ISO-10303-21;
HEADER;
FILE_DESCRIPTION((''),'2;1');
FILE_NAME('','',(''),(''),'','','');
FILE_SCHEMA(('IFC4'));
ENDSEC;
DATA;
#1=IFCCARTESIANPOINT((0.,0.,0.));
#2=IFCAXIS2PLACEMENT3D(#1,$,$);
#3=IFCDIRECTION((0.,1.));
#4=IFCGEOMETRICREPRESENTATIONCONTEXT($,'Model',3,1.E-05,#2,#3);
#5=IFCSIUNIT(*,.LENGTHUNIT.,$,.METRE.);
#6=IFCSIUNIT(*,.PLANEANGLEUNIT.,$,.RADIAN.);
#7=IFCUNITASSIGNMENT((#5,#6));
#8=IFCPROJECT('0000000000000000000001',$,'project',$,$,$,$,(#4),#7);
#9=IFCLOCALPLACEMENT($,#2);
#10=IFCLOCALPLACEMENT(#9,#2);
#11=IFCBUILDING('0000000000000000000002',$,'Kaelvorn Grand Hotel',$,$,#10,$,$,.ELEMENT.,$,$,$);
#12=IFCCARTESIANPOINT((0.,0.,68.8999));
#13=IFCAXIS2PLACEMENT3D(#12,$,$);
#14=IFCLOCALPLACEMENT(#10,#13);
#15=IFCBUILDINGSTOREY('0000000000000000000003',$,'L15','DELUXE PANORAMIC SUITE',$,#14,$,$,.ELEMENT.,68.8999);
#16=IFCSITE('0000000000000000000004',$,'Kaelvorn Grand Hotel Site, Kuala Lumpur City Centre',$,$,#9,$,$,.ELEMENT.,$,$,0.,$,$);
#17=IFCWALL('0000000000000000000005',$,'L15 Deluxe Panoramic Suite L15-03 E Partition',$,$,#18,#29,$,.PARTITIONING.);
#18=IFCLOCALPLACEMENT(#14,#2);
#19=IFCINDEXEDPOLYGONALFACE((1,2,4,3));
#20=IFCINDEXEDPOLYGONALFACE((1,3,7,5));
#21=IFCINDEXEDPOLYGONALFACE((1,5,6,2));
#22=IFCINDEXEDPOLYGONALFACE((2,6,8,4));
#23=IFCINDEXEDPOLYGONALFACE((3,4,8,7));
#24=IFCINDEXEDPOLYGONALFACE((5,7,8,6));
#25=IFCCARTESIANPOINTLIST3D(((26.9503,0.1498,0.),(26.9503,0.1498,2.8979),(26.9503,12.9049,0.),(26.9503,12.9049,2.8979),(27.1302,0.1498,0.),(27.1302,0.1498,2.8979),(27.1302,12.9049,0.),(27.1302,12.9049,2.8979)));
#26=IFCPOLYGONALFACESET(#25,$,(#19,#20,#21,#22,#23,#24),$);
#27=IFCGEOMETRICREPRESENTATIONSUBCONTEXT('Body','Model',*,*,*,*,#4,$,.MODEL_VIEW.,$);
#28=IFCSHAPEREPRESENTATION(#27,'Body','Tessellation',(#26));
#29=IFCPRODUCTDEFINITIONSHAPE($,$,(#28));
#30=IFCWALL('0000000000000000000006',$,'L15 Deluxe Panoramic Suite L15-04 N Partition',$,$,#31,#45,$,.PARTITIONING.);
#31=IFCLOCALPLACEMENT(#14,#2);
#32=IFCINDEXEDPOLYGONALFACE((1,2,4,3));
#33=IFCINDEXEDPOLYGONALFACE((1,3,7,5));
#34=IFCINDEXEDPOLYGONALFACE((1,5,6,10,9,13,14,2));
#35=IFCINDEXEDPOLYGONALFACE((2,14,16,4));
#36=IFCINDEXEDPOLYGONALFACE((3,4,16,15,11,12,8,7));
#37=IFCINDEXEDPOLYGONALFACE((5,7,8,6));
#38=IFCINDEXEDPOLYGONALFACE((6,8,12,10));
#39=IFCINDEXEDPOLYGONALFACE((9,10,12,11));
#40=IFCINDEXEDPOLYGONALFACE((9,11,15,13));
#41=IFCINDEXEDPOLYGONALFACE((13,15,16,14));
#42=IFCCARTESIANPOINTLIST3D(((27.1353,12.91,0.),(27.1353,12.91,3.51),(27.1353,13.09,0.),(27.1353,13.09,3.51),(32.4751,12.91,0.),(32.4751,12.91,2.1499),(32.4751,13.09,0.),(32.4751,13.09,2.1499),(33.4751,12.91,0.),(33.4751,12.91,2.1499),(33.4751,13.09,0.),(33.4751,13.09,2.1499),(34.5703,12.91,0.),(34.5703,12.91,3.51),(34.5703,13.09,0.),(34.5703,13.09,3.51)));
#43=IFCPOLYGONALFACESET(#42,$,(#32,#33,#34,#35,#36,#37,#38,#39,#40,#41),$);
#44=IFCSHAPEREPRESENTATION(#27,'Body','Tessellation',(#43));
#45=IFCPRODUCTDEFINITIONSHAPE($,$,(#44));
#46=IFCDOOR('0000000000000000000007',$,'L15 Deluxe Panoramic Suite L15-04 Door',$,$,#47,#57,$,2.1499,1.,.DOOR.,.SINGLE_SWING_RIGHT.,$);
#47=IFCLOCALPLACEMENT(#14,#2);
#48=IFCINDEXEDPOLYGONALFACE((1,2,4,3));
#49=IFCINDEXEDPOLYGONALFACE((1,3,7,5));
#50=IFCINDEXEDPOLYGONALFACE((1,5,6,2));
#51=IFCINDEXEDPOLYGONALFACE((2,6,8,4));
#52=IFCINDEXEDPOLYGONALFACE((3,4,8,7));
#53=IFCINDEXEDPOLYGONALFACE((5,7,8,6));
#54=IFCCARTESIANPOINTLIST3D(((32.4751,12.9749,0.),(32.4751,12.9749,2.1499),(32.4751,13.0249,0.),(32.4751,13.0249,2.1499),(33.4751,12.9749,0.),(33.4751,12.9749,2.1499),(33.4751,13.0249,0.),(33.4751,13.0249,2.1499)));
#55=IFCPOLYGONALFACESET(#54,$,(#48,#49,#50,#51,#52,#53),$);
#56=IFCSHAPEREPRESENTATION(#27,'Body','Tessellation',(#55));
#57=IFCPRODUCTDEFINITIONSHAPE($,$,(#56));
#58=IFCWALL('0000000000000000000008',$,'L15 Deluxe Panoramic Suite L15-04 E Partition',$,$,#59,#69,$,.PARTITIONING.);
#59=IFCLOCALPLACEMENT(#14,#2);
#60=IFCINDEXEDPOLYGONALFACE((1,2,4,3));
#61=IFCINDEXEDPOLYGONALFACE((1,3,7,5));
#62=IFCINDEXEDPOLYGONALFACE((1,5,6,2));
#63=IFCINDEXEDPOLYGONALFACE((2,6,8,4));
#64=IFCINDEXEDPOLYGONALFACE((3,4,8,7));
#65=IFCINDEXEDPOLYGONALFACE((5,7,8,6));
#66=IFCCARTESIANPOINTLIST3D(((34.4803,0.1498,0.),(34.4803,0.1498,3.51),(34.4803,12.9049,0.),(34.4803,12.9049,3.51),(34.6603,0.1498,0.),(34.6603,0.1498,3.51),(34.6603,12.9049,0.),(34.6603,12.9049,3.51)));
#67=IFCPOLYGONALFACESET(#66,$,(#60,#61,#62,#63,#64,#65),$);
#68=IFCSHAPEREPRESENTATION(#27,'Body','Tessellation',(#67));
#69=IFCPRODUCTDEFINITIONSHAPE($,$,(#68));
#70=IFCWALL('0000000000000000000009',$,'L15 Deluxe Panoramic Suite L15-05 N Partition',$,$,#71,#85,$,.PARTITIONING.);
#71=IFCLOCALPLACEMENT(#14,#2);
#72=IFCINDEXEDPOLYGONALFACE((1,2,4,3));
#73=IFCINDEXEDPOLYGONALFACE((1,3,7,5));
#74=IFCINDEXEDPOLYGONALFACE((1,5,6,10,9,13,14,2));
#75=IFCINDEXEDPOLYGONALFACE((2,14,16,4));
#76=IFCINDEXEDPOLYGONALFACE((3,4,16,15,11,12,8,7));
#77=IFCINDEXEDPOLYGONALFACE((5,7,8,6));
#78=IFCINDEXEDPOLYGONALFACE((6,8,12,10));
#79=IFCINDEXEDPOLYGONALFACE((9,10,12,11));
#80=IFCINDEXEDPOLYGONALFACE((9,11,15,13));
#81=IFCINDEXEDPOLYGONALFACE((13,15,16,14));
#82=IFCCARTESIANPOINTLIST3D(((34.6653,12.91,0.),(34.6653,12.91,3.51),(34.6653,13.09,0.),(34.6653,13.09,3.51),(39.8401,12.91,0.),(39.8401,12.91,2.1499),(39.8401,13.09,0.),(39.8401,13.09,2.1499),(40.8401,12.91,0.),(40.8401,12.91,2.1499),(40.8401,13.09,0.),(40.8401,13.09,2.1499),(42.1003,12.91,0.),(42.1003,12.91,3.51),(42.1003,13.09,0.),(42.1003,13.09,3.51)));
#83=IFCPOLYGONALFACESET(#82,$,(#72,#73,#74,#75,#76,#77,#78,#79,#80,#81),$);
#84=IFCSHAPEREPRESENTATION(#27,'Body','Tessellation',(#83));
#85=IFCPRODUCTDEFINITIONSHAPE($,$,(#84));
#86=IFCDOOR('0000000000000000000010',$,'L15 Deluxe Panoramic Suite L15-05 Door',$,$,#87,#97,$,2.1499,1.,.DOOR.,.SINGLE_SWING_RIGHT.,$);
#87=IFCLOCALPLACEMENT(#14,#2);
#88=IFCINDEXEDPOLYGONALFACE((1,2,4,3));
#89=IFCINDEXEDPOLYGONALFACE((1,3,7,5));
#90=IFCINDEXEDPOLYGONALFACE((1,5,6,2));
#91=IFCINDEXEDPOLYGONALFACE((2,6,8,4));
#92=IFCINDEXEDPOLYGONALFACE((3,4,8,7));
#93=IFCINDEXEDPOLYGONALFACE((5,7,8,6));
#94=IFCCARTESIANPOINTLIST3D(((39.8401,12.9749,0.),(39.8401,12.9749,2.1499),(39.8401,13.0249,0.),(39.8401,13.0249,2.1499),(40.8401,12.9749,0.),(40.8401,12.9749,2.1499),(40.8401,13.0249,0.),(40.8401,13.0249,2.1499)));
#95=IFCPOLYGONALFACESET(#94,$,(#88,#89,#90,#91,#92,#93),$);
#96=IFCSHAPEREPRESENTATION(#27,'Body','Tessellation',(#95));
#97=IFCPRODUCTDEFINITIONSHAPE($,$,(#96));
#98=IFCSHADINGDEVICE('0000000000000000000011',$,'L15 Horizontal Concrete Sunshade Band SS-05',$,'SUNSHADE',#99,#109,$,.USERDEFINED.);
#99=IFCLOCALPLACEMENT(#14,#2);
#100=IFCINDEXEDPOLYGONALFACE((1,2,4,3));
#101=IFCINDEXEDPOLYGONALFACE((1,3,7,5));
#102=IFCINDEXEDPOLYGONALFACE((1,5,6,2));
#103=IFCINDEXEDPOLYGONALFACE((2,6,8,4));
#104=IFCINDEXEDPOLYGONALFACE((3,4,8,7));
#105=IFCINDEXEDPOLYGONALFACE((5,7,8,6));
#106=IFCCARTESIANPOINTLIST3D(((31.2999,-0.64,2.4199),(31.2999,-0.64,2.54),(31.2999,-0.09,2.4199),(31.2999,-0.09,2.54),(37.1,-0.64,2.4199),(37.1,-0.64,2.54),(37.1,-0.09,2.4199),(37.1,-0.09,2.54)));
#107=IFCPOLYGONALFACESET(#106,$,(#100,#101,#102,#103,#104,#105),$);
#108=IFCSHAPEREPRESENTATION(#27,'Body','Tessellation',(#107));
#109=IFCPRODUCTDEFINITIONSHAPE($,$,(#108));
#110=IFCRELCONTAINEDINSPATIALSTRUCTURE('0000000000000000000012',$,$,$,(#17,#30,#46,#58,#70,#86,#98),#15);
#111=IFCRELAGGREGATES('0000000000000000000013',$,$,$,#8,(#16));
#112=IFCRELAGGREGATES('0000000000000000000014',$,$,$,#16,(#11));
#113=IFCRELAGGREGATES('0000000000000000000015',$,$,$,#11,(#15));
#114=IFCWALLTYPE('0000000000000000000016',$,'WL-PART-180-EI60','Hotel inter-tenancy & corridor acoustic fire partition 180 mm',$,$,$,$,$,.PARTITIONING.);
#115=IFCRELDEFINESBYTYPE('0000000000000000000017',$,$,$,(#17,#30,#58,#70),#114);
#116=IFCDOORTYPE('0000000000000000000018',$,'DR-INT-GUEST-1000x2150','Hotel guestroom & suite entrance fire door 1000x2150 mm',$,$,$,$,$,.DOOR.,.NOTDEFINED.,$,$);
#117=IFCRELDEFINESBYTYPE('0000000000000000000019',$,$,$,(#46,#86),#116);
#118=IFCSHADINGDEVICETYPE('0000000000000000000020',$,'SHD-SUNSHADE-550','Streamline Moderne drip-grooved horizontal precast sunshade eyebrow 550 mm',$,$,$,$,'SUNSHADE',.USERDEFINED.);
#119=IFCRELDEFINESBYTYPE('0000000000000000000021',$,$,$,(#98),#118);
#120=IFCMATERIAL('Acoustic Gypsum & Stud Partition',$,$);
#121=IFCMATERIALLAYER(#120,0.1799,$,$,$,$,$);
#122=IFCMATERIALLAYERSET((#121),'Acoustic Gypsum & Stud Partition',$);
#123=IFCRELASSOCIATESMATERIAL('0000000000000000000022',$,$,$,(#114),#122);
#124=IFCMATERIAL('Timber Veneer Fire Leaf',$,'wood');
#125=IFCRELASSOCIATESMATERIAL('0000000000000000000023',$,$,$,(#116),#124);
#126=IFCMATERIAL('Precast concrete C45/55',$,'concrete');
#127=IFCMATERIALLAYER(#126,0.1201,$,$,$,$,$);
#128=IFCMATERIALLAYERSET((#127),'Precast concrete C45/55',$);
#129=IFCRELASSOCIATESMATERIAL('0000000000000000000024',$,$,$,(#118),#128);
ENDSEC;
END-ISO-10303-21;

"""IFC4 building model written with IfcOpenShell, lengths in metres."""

from ifc_helpers import new_model, si_unit, direction, frame, frame_2d, origin, origin_2d, place, context, subcontext, project, spatial, rectangle, extrude, material, layer, layer_set, type_object, element, fill, save


model = new_model("IFC4")

# Units and contexts
model_context = context("Model", 3, precision=1e-05, world=origin(), true_north=direction((0.0, 1.0)))
body_context = subcontext(model_context, "Body", "Model", "MODEL_VIEW")
ifc_project = project(units=[si_unit("LENGTHUNIT", "METRE"), si_unit("PLANEANGLEUNIT", "RADIAN")], contexts=[model_context])

# Site, building, storey
site_placement = place(None, origin())
site = spatial("IfcSite", under=ifc_project, at=site_placement, Name="Kaelvorn Grand Hotel Site, Kuala Lumpur City Centre", CompositionType="ELEMENT", RefElevation=0.0)
building_placement = place(site_placement, origin())
building = spatial("IfcBuilding", under=site, at=building_placement, Name="Kaelvorn Grand Hotel", CompositionType="ELEMENT")
storey_placement = place(building_placement, frame((0.0, 0.0, 68.8999)))
storey = spatial("IfcBuildingStorey", under=building, at=storey_placement, Name="L15", Description="DELUXE PANORAMIC SUITE", CompositionType="ELEMENT", Elevation=68.8999)

# Shared definitions
ifc_material_1 = material(Name="Acoustic Gypsum & Stud Partition")
ifc_material_2 = material(Name="Timber Veneer Fire Leaf", Category="wood")

# Wall
ifc_layer_1 = layer(ifc_material_1, 0.1799)
ifc_layer_set_1 = layer_set([ifc_layer_1], Name="Acoustic Gypsum & Stud Partition")
wall_type_1 = type_object("IfcWallType", Name="WL-PART-180-EI60", Description="Hotel inter-tenancy & corridor acoustic fire partition 180 mm", PredefinedType="PARTITIONING", material=ifc_layer_set_1)
wall_1_placement = place(storey_placement, frame((27.0403, 0.1499, 0.0), z_axis=(0.0, 0.0, 1.0), x_axis=(0.0, 1.0, 0.0)))
element("IfcWall", 1, at=wall_1_placement, inside=storey, type_object=wall_type_1, Name="L15 Deluxe Panoramic Suite L15-03 E Partition", PredefinedType="PARTITIONING", context=body_context, shape_type="SweptSolid", body=[
    extrude(rectangle(XDim=12.7551, YDim=0.1799, at=frame_2d((6.3774, 0.0))), origin(), (0.0, 0.0, 1.0), 2.8979),
])

# Wall, opening, door
wall_2_placement = place(storey_placement, frame((27.1353, 13.0, 0.0), z_axis=(0.0, 0.0, 1.0), x_axis=(1.0, 0.0, 0.0)))
wall_2 = element("IfcWall", 2, at=wall_2_placement, inside=storey, type_object=wall_type_1, Name="L15 Deluxe Panoramic Suite L15-04 N Partition", PredefinedType="PARTITIONING", context=body_context, shape_type="SweptSolid", body=[
    extrude(rectangle(XDim=7.4351, YDim=0.1799, at=frame_2d((3.7175, 0.0))), origin(), (0.0, 0.0, 1.0), 3.51),
])
opening_1_placement = place(wall_2_placement, frame((5.3398, 0.0, 0.0)))
opening_1 = element("IfcOpeningElement", 3, at=opening_1_placement, cuts=wall_2, PredefinedType="OPENING", context=body_context, shape_type="SweptSolid", body=[
    extrude(rectangle(XDim=1.0, YDim=2.1499, at=frame_2d((0.5, 1.075))), frame((0.0, 0.1001, 0.0), z_axis=(0.0, -1.0, 0.0), x_axis=(1.0, 0.0, 0.0)), (0.0, 0.0, 1.0), 0.2),
])
door_type_1 = type_object("IfcDoorType", Name="DR-INT-GUEST-1000x2150", Description="Hotel guestroom & suite entrance fire door 1000x2150 mm", OperationType="NOTDEFINED", PredefinedType="DOOR", material=ifc_material_2)
door_1_placement = place(opening_1_placement, origin())
door_1 = element("IfcDoor", 4, at=door_1_placement, inside=storey, type_object=door_type_1, Name="L15 Deluxe Panoramic Suite L15-04 Door", OperationType="SINGLE_SWING_RIGHT", OverallHeight=2.1499, OverallWidth=1.0, PredefinedType="DOOR", context=body_context, shape_type="SweptSolid", body=[
    extrude(rectangle(XDim=1.0, YDim=2.1499, at=frame_2d((0.5, 1.075))), frame((0.0, 0.0249, 0.0), z_axis=(0.0, -1.0, 0.0), x_axis=(1.0, 0.0, 0.0)), (0.0, 0.0, 1.0), 0.05),
])
fill(opening_1, door_1)

# Wall
wall_3_placement = place(storey_placement, frame((34.5703, 0.1499, 0.0), z_axis=(0.0, 0.0, 1.0), x_axis=(0.0, 1.0, 0.0)))
element("IfcWall", 5, at=wall_3_placement, inside=storey, type_object=wall_type_1, Name="L15 Deluxe Panoramic Suite L15-04 E Partition", PredefinedType="PARTITIONING", context=body_context, shape_type="SweptSolid", body=[
    extrude(rectangle(XDim=12.7551, YDim=0.1799, at=frame_2d((6.3774, 0.0))), origin(), (0.0, 0.0, 1.0), 3.51),
])

# Wall, opening, door
wall_4_placement = place(storey_placement, frame((34.6653, 13.0, 0.0), z_axis=(0.0, 0.0, 1.0), x_axis=(1.0, 0.0, 0.0)))
wall_4 = element("IfcWall", 6, at=wall_4_placement, inside=storey, type_object=wall_type_1, Name="L15 Deluxe Panoramic Suite L15-05 N Partition", PredefinedType="PARTITIONING", context=body_context, shape_type="SweptSolid", body=[
    extrude(rectangle(XDim=7.4351, YDim=0.1799, at=frame_2d((3.7175, 0.0))), origin(), (0.0, 0.0, 1.0), 3.51),
])
opening_2_placement = place(wall_4_placement, frame((5.1748, 0.0, 0.0)))
opening_2 = element("IfcOpeningElement", 7, at=opening_2_placement, cuts=wall_4, PredefinedType="OPENING", context=body_context, shape_type="SweptSolid", body=[
    extrude(rectangle(XDim=1.0, YDim=2.1499, at=frame_2d((0.5, 1.075))), frame((0.0, 0.1001, 0.0), z_axis=(0.0, -1.0, 0.0), x_axis=(1.0, 0.0, 0.0)), (0.0, 0.0, 1.0), 0.2),
])
door_2_placement = place(opening_2_placement, origin())
door_2 = element("IfcDoor", 8, at=door_2_placement, inside=storey, type_object=door_type_1, Name="L15 Deluxe Panoramic Suite L15-05 Door", OperationType="SINGLE_SWING_RIGHT", OverallHeight=2.1499, OverallWidth=1.0, PredefinedType="DOOR", context=body_context, shape_type="SweptSolid", body=[
    extrude(rectangle(XDim=1.0, YDim=2.1499, at=frame_2d((0.5, 1.075))), frame((0.0, 0.0249, 0.0), z_axis=(0.0, -1.0, 0.0), x_axis=(1.0, 0.0, 0.0)), (0.0, 0.0, 1.0), 0.05),
])
fill(opening_2, door_2)

# Shading device
ifc_material_3 = material(Name="Precast concrete C45/55", Category="concrete")
ifc_layer_2 = layer(ifc_material_3, 0.1201)
ifc_layer_set_2 = layer_set([ifc_layer_2], Name="Precast concrete C45/55")
shading_device_type = type_object("IfcShadingDeviceType", Name="SHD-SUNSHADE-550", Description="Streamline Moderne drip-grooved horizontal precast sunshade eyebrow 550 mm", ElementType="SUNSHADE", PredefinedType="USERDEFINED", material=ifc_layer_set_2)
shading_device_placement = place(storey_placement, frame((34.2, -0.365, 2.4199), z_axis=(0.0, 0.0, 1.0), x_axis=(1.0, 0.0, 0.0)))
element("IfcShadingDevice", 9, at=shading_device_placement, inside=storey, type_object=shading_device_type, Name="L15 Horizontal Concrete Sunshade Band SS-05", ObjectType="SUNSHADE", PredefinedType="USERDEFINED", context=body_context, shape_type="SweptSolid", body=[
    extrude(rectangle(XDim=5.8, YDim=0.55, at=origin_2d()), origin(), (0.0, 0.0, 1.0), 0.1201),
])

save(model, "model.ifc")
